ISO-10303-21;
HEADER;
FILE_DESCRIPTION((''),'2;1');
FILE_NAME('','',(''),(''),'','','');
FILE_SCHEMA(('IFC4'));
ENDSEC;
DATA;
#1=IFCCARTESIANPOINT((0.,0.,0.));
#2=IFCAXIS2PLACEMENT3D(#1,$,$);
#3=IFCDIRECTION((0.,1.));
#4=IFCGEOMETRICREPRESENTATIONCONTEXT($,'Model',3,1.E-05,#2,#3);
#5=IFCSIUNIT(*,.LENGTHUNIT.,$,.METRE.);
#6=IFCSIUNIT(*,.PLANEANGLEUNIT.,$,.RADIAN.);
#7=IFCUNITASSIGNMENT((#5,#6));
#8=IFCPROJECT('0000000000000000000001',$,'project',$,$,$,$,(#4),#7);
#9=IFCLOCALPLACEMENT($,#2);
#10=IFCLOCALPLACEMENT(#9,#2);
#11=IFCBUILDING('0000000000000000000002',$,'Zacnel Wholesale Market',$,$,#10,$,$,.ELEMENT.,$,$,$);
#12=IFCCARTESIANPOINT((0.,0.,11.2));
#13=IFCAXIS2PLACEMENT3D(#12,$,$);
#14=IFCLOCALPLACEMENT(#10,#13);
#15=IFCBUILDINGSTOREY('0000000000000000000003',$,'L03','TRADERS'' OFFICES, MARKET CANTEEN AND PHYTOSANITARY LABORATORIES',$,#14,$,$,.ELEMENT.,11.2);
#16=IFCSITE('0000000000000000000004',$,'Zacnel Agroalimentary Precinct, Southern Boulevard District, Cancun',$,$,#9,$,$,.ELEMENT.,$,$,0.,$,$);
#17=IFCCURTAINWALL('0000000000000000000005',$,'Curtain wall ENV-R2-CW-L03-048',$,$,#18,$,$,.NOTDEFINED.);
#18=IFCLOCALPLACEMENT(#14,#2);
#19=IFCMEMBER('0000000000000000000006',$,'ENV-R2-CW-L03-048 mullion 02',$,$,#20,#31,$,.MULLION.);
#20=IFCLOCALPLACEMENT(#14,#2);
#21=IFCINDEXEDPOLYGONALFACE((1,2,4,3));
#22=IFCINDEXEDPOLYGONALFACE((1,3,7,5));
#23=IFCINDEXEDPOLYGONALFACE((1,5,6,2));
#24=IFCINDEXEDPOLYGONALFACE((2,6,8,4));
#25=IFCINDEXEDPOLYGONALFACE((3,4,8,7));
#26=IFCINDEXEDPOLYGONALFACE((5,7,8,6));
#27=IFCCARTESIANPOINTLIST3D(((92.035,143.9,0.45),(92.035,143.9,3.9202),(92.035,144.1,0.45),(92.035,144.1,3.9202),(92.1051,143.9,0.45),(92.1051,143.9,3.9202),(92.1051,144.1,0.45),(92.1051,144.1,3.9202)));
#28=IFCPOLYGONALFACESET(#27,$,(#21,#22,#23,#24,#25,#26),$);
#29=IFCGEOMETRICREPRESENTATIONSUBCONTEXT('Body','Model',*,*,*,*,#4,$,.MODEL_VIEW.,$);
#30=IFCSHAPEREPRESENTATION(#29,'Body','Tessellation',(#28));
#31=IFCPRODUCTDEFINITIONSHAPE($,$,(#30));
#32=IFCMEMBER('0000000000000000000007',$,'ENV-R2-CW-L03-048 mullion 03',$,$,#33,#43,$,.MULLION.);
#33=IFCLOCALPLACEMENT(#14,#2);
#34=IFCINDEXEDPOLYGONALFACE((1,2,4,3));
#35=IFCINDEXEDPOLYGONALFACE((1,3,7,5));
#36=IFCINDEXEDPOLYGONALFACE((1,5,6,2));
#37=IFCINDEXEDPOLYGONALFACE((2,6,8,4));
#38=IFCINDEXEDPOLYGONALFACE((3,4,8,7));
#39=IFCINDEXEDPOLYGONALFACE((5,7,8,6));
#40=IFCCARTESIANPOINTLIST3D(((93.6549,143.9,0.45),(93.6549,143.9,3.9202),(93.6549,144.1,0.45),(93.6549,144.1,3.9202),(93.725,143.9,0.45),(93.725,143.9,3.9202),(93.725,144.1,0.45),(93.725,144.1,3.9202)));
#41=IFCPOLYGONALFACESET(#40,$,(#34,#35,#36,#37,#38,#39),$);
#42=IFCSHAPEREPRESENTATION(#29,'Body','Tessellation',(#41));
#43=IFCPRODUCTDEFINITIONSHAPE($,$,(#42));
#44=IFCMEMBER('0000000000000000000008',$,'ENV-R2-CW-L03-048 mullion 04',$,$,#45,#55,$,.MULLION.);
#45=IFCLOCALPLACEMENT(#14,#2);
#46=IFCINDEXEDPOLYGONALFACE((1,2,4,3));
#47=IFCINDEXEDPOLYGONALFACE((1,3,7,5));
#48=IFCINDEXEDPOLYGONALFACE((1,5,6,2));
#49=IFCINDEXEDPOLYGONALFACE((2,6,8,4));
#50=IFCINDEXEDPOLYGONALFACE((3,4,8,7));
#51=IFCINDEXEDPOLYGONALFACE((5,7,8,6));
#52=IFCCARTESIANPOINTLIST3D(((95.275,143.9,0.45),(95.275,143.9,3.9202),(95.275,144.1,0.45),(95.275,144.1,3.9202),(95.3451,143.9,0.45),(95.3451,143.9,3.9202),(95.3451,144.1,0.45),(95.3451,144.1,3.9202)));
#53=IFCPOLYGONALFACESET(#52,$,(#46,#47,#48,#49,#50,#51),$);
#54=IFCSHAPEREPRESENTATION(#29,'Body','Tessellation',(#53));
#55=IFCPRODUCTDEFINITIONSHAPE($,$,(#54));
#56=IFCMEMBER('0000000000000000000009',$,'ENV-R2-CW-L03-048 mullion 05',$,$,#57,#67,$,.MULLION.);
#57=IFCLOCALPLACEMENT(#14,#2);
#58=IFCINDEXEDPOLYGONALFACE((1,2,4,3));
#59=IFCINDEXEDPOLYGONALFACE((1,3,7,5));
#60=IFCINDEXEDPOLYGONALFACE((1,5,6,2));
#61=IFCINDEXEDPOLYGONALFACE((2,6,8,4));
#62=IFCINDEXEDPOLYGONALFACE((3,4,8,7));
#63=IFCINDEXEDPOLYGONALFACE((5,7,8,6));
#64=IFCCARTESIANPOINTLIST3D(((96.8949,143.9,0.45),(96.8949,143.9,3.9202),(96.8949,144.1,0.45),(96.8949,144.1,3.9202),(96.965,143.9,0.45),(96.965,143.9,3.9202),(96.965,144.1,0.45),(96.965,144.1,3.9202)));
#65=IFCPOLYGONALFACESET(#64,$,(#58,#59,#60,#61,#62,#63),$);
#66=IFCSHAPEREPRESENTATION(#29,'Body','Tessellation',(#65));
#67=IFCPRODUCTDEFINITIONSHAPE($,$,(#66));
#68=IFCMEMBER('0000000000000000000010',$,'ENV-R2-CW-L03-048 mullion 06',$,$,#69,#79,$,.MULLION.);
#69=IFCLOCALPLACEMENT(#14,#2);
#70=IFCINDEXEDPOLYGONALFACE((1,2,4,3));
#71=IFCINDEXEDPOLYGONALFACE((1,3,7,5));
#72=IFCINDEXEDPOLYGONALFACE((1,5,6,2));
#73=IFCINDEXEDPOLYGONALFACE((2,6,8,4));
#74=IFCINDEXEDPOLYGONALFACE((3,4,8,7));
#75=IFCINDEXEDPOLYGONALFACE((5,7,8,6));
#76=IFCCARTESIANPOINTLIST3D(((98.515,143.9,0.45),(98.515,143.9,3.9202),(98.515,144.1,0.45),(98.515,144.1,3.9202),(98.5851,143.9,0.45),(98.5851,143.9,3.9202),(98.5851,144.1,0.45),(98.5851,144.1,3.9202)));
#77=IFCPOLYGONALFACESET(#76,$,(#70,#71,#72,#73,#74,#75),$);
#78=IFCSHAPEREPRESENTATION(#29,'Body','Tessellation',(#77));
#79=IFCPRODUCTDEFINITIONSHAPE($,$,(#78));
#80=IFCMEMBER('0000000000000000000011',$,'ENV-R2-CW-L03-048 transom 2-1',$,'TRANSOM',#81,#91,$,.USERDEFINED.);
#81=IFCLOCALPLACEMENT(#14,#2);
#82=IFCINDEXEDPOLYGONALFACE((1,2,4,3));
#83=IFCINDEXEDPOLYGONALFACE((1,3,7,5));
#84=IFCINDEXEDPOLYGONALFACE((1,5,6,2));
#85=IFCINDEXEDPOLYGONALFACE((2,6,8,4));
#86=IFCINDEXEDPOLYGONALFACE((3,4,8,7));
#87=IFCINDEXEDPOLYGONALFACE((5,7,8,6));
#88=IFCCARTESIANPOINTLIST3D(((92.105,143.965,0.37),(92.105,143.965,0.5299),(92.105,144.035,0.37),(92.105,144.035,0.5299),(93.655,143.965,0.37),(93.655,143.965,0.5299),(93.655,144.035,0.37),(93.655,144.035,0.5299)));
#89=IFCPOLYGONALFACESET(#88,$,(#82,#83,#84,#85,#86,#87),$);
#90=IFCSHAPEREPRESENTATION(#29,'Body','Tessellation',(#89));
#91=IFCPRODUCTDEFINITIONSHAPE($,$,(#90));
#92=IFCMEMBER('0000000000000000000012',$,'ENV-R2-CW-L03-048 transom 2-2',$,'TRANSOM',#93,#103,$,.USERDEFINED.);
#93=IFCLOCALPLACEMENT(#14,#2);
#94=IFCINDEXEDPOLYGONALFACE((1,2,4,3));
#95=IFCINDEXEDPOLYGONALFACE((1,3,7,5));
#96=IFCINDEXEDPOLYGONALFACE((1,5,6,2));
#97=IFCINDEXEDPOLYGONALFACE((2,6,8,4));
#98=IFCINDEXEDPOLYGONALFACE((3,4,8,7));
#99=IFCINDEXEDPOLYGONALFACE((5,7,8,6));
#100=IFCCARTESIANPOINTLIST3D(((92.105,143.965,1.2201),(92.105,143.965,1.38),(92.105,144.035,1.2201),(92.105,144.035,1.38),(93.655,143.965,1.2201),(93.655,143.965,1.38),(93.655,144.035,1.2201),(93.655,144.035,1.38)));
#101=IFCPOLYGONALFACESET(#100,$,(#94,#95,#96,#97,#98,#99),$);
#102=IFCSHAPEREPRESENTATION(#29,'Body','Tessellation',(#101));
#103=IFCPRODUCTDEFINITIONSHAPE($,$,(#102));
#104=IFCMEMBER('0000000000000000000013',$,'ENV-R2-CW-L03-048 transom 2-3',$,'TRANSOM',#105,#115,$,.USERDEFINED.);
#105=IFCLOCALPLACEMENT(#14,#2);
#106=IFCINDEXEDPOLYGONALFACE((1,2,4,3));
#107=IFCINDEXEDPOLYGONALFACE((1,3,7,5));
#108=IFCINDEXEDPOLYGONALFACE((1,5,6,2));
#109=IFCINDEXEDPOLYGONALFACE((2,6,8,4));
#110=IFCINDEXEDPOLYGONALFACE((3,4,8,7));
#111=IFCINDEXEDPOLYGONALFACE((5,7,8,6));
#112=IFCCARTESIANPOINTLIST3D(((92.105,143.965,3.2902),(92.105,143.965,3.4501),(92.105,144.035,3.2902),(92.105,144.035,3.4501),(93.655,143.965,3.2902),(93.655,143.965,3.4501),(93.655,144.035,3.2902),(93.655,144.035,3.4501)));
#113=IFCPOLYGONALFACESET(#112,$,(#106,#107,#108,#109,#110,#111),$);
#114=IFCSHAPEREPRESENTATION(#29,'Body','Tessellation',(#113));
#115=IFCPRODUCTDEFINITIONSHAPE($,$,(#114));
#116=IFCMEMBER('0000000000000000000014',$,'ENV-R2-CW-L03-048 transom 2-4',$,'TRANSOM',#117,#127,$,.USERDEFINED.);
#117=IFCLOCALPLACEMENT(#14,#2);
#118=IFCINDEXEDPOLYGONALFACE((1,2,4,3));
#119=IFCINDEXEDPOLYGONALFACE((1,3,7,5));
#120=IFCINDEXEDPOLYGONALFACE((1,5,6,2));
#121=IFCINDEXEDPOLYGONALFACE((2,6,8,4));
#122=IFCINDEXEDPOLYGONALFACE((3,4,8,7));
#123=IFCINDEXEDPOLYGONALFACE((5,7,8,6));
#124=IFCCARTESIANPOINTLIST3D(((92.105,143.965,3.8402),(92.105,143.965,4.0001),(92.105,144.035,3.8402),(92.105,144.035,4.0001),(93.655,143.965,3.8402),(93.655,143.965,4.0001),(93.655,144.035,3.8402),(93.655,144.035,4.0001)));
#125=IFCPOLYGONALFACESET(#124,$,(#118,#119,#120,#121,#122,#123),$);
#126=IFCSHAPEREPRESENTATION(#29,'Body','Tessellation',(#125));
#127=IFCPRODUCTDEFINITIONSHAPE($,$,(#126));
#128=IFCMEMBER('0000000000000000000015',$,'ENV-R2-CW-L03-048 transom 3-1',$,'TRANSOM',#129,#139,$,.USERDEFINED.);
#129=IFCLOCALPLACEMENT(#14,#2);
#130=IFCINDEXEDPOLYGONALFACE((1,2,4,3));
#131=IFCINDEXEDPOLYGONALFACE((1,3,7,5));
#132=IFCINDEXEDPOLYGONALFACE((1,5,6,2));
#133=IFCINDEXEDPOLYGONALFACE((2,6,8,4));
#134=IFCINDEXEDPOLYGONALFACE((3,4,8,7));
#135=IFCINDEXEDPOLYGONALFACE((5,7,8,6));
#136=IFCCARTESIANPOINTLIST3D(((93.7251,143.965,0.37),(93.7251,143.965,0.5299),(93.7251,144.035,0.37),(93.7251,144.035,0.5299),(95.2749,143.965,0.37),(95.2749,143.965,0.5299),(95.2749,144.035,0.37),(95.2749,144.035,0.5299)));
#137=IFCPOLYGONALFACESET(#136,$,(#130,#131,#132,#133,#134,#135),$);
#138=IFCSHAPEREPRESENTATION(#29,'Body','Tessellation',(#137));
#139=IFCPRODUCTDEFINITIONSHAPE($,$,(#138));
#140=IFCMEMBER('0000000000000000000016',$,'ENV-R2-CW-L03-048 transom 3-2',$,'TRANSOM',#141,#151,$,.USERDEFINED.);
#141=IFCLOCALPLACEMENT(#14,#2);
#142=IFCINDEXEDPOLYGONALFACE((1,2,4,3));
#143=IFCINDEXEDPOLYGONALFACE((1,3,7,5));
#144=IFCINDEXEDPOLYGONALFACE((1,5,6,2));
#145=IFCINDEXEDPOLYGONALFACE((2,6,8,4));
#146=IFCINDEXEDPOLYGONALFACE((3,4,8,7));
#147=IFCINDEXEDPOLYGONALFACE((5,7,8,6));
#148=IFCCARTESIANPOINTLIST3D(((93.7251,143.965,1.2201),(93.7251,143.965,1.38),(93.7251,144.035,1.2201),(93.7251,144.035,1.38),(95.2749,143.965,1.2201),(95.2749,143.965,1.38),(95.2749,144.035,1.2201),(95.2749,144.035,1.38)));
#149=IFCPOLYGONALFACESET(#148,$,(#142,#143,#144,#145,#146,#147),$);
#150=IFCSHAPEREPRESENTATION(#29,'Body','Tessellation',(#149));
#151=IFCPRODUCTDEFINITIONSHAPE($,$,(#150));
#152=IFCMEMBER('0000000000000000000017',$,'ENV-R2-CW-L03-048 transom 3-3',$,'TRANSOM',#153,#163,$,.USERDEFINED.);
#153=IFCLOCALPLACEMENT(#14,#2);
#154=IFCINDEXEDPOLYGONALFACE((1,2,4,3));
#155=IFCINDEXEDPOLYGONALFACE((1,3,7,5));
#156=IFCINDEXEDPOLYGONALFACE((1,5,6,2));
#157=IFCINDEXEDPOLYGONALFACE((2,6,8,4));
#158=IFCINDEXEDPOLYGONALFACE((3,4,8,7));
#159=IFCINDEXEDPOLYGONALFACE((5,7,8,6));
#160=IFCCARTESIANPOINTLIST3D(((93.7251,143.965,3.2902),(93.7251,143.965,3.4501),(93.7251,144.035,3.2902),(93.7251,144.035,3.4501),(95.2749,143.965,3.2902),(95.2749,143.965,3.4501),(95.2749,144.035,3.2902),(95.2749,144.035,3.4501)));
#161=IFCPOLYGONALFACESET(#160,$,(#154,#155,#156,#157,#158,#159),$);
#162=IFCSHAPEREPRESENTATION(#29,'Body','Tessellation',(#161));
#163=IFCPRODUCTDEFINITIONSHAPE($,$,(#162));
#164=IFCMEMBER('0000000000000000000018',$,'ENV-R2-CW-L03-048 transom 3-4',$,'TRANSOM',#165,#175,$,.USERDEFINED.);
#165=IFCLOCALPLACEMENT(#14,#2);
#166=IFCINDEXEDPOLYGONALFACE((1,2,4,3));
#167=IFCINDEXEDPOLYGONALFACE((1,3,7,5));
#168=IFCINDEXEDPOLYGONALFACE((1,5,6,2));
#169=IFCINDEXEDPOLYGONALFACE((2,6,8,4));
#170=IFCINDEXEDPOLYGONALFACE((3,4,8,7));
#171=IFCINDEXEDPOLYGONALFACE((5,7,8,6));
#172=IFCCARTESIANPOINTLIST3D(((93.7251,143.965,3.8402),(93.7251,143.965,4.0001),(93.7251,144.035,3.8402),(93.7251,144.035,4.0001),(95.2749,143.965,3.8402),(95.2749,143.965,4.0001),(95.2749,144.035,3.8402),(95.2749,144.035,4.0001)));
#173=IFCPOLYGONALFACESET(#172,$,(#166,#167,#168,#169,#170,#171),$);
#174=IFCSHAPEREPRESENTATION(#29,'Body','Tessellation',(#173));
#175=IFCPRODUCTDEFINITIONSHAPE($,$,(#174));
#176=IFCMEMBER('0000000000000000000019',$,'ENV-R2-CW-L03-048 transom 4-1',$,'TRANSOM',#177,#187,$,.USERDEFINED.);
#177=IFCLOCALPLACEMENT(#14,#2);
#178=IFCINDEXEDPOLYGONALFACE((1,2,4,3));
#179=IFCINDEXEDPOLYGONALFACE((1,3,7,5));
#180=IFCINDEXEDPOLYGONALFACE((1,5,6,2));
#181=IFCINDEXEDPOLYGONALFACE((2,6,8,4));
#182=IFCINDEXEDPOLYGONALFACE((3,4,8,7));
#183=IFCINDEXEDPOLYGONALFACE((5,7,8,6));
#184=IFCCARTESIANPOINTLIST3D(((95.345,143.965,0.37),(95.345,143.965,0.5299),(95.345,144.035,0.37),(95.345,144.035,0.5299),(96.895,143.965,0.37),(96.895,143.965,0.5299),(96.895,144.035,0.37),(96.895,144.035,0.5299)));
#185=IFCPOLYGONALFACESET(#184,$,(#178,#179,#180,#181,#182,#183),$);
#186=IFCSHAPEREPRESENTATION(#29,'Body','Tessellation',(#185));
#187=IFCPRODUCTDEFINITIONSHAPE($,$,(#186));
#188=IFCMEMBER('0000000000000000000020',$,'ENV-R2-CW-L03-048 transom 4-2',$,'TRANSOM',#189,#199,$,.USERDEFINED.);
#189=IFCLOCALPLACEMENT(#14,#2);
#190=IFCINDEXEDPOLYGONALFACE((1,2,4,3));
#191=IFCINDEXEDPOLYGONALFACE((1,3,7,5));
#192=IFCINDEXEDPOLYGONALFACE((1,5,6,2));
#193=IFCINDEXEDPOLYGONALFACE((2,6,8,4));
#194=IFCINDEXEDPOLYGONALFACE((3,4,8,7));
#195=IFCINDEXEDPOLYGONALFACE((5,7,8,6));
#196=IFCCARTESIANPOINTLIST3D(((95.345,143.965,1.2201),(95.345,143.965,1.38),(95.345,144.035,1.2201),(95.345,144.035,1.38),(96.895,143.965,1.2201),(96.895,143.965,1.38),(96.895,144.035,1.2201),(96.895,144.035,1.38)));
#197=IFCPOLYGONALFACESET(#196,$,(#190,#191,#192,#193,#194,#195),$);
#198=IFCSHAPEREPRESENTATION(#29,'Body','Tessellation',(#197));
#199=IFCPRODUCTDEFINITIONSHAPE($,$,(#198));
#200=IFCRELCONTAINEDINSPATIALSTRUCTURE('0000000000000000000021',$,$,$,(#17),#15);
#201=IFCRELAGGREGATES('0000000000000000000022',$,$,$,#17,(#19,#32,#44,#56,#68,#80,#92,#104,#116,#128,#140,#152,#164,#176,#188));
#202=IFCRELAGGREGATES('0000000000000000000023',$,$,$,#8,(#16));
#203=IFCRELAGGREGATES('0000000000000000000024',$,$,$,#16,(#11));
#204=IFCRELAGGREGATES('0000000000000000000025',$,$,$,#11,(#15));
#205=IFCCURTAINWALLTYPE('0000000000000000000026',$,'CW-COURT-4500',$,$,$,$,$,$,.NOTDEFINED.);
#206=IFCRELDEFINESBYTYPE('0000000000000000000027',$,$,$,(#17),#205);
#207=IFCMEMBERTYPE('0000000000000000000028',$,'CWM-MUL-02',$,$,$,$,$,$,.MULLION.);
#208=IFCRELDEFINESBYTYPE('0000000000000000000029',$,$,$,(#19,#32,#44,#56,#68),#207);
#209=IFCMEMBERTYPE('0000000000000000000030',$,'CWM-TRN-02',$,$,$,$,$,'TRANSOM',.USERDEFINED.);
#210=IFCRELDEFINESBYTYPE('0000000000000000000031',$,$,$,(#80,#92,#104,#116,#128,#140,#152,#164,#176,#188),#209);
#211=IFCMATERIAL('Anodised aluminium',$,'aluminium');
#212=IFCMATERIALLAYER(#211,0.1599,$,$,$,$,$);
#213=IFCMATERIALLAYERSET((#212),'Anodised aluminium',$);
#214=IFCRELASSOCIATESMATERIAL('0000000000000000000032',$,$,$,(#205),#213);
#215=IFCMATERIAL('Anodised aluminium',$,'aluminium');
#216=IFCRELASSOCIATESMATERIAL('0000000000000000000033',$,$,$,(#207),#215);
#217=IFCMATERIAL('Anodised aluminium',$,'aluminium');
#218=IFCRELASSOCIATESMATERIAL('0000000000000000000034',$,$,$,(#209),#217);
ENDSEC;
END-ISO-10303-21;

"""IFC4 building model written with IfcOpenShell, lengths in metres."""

from ifc_helpers import new_model, si_unit, direction, frame, origin, origin_2d, place, context, subcontext, project, spatial, rectangle, extrude, material, layer, layer_set, material_profile, profile_set, type_object, element, aggregate, save


model = new_model("IFC4")

# Units and contexts
model_context = context("Model", 3, precision=1e-05, world=origin(), true_north=direction((0.0, 1.0)))
body_context = subcontext(model_context, "Body", "Model", "MODEL_VIEW")
ifc_project = project(units=[si_unit("LENGTHUNIT", "METRE"), si_unit("PLANEANGLEUNIT", "RADIAN")], contexts=[model_context])

# Site, building, storey
site_placement = place(None, origin())
site = spatial("IfcSite", under=ifc_project, at=site_placement, Name="Zacnel Agroalimentary Precinct, Southern Boulevard District, Cancun", CompositionType="ELEMENT", RefElevation=0.0)
building_placement = place(site_placement, origin())
building = spatial("IfcBuilding", under=site, at=building_placement, Name="Zacnel Wholesale Market", CompositionType="ELEMENT")
storey_placement = place(building_placement, frame((0.0, 0.0, 11.2)))
storey = spatial("IfcBuildingStorey", under=building, at=storey_placement, Name="L03", Description="TRADERS' OFFICES, MARKET CANTEEN AND PHYTOSANITARY LABORATORIES", CompositionType="ELEMENT", Elevation=11.2)

# Curtain wall, members
ifc_material_1 = material(Name="Anodised aluminium", Category="aluminium")
ifc_layer_1 = layer(ifc_material_1, 0.1599)
ifc_layer_set_1 = layer_set([ifc_layer_1], Name="Anodised aluminium")
curtain_wall_type = type_object("IfcCurtainWallType", Name="CW-COURT-4500", PredefinedType="NOTDEFINED", material=ifc_layer_set_1)
curtain_wall_placement = place(storey_placement, origin())
curtain_wall = element("IfcCurtainWall", 1, at=curtain_wall_placement, inside=storey, type_object=curtain_wall_type, Name="Curtain wall ENV-R2-CW-L03-048", PredefinedType="NOTDEFINED")
ifc_material_2 = material(Name="Anodised aluminium", Category="aluminium")
ifc_material_profile_1 = material_profile(ifc_material_2, rectangle(XDim=0.0701, YDim=0.2, at=origin_2d()), Name="AW-MULLION 70x200")
ifc_profile_set_1 = profile_set([ifc_material_profile_1], Name="Anodised aluminium")
member_type_1 = type_object("IfcMemberType", Name="CWM-MUL-02", PredefinedType="MULLION", material=ifc_profile_set_1)
member_1_placement = place(storey_placement, frame((92.0701, 144.0, 0.45), z_axis=(0.0, 0.0, 1.0), x_axis=(1.0, 0.0, 0.0)))
member_1 = element("IfcMember", 2, at=member_1_placement, type_object=member_type_1, Name="ENV-R2-CW-L03-048 mullion 02", PredefinedType="MULLION", context=body_context, shape_type="SweptSolid", body=[
    extrude(rectangle(XDim=0.0701, YDim=0.2, at=origin_2d()), origin(), (0.0, 0.0, 1.0), 3.4702),
])
member_2_placement = place(storey_placement, frame((93.6899, 144.0, 0.45), z_axis=(0.0, 0.0, 1.0), x_axis=(1.0, 0.0, 0.0)))
member_2 = element("IfcMember", 3, at=member_2_placement, type_object=member_type_1, Name="ENV-R2-CW-L03-048 mullion 03", PredefinedType="MULLION", context=body_context, shape_type="SweptSolid", body=[
    extrude(rectangle(XDim=0.0701, YDim=0.2, at=origin_2d()), origin(), (0.0, 0.0, 1.0), 3.4702),
])
member_3_placement = place(storey_placement, frame((95.3101, 144.0, 0.45), z_axis=(0.0, 0.0, 1.0), x_axis=(1.0, 0.0, 0.0)))
member_3 = element("IfcMember", 4, at=member_3_placement, type_object=member_type_1, Name="ENV-R2-CW-L03-048 mullion 04", PredefinedType="MULLION", context=body_context, shape_type="SweptSolid", body=[
    extrude(rectangle(XDim=0.0701, YDim=0.2, at=origin_2d()), origin(), (0.0, 0.0, 1.0), 3.4702),
])
member_4_placement = place(storey_placement, frame((96.9299, 144.0, 0.45), z_axis=(0.0, 0.0, 1.0), x_axis=(1.0, 0.0, 0.0)))
member_4 = element("IfcMember", 5, at=member_4_placement, type_object=member_type_1, Name="ENV-R2-CW-L03-048 mullion 05", PredefinedType="MULLION", context=body_context, shape_type="SweptSolid", body=[
    extrude(rectangle(XDim=0.0701, YDim=0.2, at=origin_2d()), origin(), (0.0, 0.0, 1.0), 3.4702),
])
member_5_placement = place(storey_placement, frame((98.55, 144.0, 0.45), z_axis=(0.0, 0.0, 1.0), x_axis=(1.0, 0.0, 0.0)))
member_5 = element("IfcMember", 6, at=member_5_placement, type_object=member_type_1, Name="ENV-R2-CW-L03-048 mullion 06", PredefinedType="MULLION", context=body_context, shape_type="SweptSolid", body=[
    extrude(rectangle(XDim=0.0701, YDim=0.2, at=origin_2d()), origin(), (0.0, 0.0, 1.0), 3.4702),
])
ifc_material_3 = material(Name="Anodised aluminium", Category="aluminium")
ifc_material_profile_2 = material_profile(ifc_material_3, rectangle(XDim=0.0701, YDim=0.1599, at=origin_2d()), Name="AW-TRANSOM 70x160")
ifc_profile_set_2 = profile_set([ifc_material_profile_2], Name="Anodised aluminium")
member_type_2 = type_object("IfcMemberType", Name="CWM-TRN-02", ElementType="TRANSOM", PredefinedType="USERDEFINED", material=ifc_profile_set_2)
member_6_placement = place(storey_placement, frame((92.105, 144.0, 0.45), z_axis=(1.0, 0.0, 0.0), x_axis=(0.0, 1.0, 0.0)))
member_6 = element("IfcMember", 7, at=member_6_placement, type_object=member_type_2, Name="ENV-R2-CW-L03-048 transom 2-1", ObjectType="TRANSOM", PredefinedType="USERDEFINED", context=body_context, shape_type="SweptSolid", body=[
    extrude(rectangle(XDim=0.0701, YDim=0.1599, at=origin_2d()), origin(), (0.0, 0.0, 1.0), 1.55),
])
member_7_placement = place(storey_placement, frame((92.105, 144.0, 1.3), z_axis=(1.0, 0.0, 0.0), x_axis=(0.0, 1.0, 0.0)))
member_7 = element("IfcMember", 8, at=member_7_placement, type_object=member_type_2, Name="ENV-R2-CW-L03-048 transom 2-2", ObjectType="TRANSOM", PredefinedType="USERDEFINED", context=body_context, shape_type="SweptSolid", body=[
    extrude(rectangle(XDim=0.0701, YDim=0.1599, at=origin_2d()), origin(), (0.0, 0.0, 1.0), 1.55),
])
member_8_placement = place(storey_placement, frame((92.105, 144.0, 3.3701), z_axis=(1.0, 0.0, 0.0), x_axis=(0.0, 1.0, 0.0)))
member_8 = element("IfcMember", 9, at=member_8_placement, type_object=member_type_2, Name="ENV-R2-CW-L03-048 transom 2-3", ObjectType="TRANSOM", PredefinedType="USERDEFINED", context=body_context, shape_type="SweptSolid", body=[
    extrude(rectangle(XDim=0.0701, YDim=0.1599, at=origin_2d()), origin(), (0.0, 0.0, 1.0), 1.55),
])
member_9_placement = place(storey_placement, frame((92.105, 144.0, 3.9202), z_axis=(1.0, 0.0, 0.0), x_axis=(0.0, 1.0, 0.0)))
member_9 = element("IfcMember", 10, at=member_9_placement, type_object=member_type_2, Name="ENV-R2-CW-L03-048 transom 2-4", ObjectType="TRANSOM", PredefinedType="USERDEFINED", context=body_context, shape_type="SweptSolid", body=[
    extrude(rectangle(XDim=0.0701, YDim=0.1599, at=origin_2d()), origin(), (0.0, 0.0, 1.0), 1.55),
])
member_10_placement = place(storey_placement, frame((93.7251, 144.0, 0.45), z_axis=(1.0, 0.0, 0.0), x_axis=(0.0, 1.0, 0.0)))
member_10 = element("IfcMember", 11, at=member_10_placement, type_object=member_type_2, Name="ENV-R2-CW-L03-048 transom 3-1", ObjectType="TRANSOM", PredefinedType="USERDEFINED", context=body_context, shape_type="SweptSolid", body=[
    extrude(rectangle(XDim=0.0701, YDim=0.1599, at=origin_2d()), origin(), (0.0, 0.0, 1.0), 1.5498),
])
member_11_placement = place(storey_placement, frame((93.7251, 144.0, 1.3), z_axis=(1.0, 0.0, 0.0), x_axis=(0.0, 1.0, 0.0)))
member_11 = element("IfcMember", 12, at=member_11_placement, type_object=member_type_2, Name="ENV-R2-CW-L03-048 transom 3-2", ObjectType="TRANSOM", PredefinedType="USERDEFINED", context=body_context, shape_type="SweptSolid", body=[
    extrude(rectangle(XDim=0.0701, YDim=0.1599, at=origin_2d()), origin(), (0.0, 0.0, 1.0), 1.5498),
])
member_12_placement = place(storey_placement, frame((93.7251, 144.0, 3.3701), z_axis=(1.0, 0.0, 0.0), x_axis=(0.0, 1.0, 0.0)))
member_12 = element("IfcMember", 13, at=member_12_placement, type_object=member_type_2, Name="ENV-R2-CW-L03-048 transom 3-3", ObjectType="TRANSOM", PredefinedType="USERDEFINED", context=body_context, shape_type="SweptSolid", body=[
    extrude(rectangle(XDim=0.0701, YDim=0.1599, at=origin_2d()), origin(), (0.0, 0.0, 1.0), 1.5498),
])
member_13_placement = place(storey_placement, frame((93.7251, 144.0, 3.9202), z_axis=(1.0, 0.0, 0.0), x_axis=(0.0, 1.0, 0.0)))
member_13 = element("IfcMember", 14, at=member_13_placement, type_object=member_type_2, Name="ENV-R2-CW-L03-048 transom 3-4", ObjectType="TRANSOM", PredefinedType="USERDEFINED", context=body_context, shape_type="SweptSolid", body=[
    extrude(rectangle(XDim=0.0701, YDim=0.1599, at=origin_2d()), origin(), (0.0, 0.0, 1.0), 1.5498),
])
member_14_placement = place(storey_placement, frame((95.345, 144.0, 0.45), z_axis=(1.0, 0.0, 0.0), x_axis=(0.0, 1.0, 0.0)))
member_14 = element("IfcMember", 15, at=member_14_placement, type_object=member_type_2, Name="ENV-R2-CW-L03-048 transom 4-1", ObjectType="TRANSOM", PredefinedType="USERDEFINED", context=body_context, shape_type="SweptSolid", body=[
    extrude(rectangle(XDim=0.0701, YDim=0.1599, at=origin_2d()), origin(), (0.0, 0.0, 1.0), 1.55),
])
member_15_placement = place(storey_placement, frame((95.345, 144.0, 1.3), z_axis=(1.0, 0.0, 0.0), x_axis=(0.0, 1.0, 0.0)))
member_15 = element("IfcMember", 16, at=member_15_placement, type_object=member_type_2, Name="ENV-R2-CW-L03-048 transom 4-2", ObjectType="TRANSOM", PredefinedType="USERDEFINED", context=body_context, shape_type="SweptSolid", body=[
    extrude(rectangle(XDim=0.0701, YDim=0.1599, at=origin_2d()), origin(), (0.0, 0.0, 1.0), 1.55),
])
aggregate(curtain_wall, [member_1, member_2, member_3, member_4, member_5, member_6, member_7, member_8, member_9, member_10, member_11, member_12, member_13, member_14, member_15])

save(model, "model.ifc")
